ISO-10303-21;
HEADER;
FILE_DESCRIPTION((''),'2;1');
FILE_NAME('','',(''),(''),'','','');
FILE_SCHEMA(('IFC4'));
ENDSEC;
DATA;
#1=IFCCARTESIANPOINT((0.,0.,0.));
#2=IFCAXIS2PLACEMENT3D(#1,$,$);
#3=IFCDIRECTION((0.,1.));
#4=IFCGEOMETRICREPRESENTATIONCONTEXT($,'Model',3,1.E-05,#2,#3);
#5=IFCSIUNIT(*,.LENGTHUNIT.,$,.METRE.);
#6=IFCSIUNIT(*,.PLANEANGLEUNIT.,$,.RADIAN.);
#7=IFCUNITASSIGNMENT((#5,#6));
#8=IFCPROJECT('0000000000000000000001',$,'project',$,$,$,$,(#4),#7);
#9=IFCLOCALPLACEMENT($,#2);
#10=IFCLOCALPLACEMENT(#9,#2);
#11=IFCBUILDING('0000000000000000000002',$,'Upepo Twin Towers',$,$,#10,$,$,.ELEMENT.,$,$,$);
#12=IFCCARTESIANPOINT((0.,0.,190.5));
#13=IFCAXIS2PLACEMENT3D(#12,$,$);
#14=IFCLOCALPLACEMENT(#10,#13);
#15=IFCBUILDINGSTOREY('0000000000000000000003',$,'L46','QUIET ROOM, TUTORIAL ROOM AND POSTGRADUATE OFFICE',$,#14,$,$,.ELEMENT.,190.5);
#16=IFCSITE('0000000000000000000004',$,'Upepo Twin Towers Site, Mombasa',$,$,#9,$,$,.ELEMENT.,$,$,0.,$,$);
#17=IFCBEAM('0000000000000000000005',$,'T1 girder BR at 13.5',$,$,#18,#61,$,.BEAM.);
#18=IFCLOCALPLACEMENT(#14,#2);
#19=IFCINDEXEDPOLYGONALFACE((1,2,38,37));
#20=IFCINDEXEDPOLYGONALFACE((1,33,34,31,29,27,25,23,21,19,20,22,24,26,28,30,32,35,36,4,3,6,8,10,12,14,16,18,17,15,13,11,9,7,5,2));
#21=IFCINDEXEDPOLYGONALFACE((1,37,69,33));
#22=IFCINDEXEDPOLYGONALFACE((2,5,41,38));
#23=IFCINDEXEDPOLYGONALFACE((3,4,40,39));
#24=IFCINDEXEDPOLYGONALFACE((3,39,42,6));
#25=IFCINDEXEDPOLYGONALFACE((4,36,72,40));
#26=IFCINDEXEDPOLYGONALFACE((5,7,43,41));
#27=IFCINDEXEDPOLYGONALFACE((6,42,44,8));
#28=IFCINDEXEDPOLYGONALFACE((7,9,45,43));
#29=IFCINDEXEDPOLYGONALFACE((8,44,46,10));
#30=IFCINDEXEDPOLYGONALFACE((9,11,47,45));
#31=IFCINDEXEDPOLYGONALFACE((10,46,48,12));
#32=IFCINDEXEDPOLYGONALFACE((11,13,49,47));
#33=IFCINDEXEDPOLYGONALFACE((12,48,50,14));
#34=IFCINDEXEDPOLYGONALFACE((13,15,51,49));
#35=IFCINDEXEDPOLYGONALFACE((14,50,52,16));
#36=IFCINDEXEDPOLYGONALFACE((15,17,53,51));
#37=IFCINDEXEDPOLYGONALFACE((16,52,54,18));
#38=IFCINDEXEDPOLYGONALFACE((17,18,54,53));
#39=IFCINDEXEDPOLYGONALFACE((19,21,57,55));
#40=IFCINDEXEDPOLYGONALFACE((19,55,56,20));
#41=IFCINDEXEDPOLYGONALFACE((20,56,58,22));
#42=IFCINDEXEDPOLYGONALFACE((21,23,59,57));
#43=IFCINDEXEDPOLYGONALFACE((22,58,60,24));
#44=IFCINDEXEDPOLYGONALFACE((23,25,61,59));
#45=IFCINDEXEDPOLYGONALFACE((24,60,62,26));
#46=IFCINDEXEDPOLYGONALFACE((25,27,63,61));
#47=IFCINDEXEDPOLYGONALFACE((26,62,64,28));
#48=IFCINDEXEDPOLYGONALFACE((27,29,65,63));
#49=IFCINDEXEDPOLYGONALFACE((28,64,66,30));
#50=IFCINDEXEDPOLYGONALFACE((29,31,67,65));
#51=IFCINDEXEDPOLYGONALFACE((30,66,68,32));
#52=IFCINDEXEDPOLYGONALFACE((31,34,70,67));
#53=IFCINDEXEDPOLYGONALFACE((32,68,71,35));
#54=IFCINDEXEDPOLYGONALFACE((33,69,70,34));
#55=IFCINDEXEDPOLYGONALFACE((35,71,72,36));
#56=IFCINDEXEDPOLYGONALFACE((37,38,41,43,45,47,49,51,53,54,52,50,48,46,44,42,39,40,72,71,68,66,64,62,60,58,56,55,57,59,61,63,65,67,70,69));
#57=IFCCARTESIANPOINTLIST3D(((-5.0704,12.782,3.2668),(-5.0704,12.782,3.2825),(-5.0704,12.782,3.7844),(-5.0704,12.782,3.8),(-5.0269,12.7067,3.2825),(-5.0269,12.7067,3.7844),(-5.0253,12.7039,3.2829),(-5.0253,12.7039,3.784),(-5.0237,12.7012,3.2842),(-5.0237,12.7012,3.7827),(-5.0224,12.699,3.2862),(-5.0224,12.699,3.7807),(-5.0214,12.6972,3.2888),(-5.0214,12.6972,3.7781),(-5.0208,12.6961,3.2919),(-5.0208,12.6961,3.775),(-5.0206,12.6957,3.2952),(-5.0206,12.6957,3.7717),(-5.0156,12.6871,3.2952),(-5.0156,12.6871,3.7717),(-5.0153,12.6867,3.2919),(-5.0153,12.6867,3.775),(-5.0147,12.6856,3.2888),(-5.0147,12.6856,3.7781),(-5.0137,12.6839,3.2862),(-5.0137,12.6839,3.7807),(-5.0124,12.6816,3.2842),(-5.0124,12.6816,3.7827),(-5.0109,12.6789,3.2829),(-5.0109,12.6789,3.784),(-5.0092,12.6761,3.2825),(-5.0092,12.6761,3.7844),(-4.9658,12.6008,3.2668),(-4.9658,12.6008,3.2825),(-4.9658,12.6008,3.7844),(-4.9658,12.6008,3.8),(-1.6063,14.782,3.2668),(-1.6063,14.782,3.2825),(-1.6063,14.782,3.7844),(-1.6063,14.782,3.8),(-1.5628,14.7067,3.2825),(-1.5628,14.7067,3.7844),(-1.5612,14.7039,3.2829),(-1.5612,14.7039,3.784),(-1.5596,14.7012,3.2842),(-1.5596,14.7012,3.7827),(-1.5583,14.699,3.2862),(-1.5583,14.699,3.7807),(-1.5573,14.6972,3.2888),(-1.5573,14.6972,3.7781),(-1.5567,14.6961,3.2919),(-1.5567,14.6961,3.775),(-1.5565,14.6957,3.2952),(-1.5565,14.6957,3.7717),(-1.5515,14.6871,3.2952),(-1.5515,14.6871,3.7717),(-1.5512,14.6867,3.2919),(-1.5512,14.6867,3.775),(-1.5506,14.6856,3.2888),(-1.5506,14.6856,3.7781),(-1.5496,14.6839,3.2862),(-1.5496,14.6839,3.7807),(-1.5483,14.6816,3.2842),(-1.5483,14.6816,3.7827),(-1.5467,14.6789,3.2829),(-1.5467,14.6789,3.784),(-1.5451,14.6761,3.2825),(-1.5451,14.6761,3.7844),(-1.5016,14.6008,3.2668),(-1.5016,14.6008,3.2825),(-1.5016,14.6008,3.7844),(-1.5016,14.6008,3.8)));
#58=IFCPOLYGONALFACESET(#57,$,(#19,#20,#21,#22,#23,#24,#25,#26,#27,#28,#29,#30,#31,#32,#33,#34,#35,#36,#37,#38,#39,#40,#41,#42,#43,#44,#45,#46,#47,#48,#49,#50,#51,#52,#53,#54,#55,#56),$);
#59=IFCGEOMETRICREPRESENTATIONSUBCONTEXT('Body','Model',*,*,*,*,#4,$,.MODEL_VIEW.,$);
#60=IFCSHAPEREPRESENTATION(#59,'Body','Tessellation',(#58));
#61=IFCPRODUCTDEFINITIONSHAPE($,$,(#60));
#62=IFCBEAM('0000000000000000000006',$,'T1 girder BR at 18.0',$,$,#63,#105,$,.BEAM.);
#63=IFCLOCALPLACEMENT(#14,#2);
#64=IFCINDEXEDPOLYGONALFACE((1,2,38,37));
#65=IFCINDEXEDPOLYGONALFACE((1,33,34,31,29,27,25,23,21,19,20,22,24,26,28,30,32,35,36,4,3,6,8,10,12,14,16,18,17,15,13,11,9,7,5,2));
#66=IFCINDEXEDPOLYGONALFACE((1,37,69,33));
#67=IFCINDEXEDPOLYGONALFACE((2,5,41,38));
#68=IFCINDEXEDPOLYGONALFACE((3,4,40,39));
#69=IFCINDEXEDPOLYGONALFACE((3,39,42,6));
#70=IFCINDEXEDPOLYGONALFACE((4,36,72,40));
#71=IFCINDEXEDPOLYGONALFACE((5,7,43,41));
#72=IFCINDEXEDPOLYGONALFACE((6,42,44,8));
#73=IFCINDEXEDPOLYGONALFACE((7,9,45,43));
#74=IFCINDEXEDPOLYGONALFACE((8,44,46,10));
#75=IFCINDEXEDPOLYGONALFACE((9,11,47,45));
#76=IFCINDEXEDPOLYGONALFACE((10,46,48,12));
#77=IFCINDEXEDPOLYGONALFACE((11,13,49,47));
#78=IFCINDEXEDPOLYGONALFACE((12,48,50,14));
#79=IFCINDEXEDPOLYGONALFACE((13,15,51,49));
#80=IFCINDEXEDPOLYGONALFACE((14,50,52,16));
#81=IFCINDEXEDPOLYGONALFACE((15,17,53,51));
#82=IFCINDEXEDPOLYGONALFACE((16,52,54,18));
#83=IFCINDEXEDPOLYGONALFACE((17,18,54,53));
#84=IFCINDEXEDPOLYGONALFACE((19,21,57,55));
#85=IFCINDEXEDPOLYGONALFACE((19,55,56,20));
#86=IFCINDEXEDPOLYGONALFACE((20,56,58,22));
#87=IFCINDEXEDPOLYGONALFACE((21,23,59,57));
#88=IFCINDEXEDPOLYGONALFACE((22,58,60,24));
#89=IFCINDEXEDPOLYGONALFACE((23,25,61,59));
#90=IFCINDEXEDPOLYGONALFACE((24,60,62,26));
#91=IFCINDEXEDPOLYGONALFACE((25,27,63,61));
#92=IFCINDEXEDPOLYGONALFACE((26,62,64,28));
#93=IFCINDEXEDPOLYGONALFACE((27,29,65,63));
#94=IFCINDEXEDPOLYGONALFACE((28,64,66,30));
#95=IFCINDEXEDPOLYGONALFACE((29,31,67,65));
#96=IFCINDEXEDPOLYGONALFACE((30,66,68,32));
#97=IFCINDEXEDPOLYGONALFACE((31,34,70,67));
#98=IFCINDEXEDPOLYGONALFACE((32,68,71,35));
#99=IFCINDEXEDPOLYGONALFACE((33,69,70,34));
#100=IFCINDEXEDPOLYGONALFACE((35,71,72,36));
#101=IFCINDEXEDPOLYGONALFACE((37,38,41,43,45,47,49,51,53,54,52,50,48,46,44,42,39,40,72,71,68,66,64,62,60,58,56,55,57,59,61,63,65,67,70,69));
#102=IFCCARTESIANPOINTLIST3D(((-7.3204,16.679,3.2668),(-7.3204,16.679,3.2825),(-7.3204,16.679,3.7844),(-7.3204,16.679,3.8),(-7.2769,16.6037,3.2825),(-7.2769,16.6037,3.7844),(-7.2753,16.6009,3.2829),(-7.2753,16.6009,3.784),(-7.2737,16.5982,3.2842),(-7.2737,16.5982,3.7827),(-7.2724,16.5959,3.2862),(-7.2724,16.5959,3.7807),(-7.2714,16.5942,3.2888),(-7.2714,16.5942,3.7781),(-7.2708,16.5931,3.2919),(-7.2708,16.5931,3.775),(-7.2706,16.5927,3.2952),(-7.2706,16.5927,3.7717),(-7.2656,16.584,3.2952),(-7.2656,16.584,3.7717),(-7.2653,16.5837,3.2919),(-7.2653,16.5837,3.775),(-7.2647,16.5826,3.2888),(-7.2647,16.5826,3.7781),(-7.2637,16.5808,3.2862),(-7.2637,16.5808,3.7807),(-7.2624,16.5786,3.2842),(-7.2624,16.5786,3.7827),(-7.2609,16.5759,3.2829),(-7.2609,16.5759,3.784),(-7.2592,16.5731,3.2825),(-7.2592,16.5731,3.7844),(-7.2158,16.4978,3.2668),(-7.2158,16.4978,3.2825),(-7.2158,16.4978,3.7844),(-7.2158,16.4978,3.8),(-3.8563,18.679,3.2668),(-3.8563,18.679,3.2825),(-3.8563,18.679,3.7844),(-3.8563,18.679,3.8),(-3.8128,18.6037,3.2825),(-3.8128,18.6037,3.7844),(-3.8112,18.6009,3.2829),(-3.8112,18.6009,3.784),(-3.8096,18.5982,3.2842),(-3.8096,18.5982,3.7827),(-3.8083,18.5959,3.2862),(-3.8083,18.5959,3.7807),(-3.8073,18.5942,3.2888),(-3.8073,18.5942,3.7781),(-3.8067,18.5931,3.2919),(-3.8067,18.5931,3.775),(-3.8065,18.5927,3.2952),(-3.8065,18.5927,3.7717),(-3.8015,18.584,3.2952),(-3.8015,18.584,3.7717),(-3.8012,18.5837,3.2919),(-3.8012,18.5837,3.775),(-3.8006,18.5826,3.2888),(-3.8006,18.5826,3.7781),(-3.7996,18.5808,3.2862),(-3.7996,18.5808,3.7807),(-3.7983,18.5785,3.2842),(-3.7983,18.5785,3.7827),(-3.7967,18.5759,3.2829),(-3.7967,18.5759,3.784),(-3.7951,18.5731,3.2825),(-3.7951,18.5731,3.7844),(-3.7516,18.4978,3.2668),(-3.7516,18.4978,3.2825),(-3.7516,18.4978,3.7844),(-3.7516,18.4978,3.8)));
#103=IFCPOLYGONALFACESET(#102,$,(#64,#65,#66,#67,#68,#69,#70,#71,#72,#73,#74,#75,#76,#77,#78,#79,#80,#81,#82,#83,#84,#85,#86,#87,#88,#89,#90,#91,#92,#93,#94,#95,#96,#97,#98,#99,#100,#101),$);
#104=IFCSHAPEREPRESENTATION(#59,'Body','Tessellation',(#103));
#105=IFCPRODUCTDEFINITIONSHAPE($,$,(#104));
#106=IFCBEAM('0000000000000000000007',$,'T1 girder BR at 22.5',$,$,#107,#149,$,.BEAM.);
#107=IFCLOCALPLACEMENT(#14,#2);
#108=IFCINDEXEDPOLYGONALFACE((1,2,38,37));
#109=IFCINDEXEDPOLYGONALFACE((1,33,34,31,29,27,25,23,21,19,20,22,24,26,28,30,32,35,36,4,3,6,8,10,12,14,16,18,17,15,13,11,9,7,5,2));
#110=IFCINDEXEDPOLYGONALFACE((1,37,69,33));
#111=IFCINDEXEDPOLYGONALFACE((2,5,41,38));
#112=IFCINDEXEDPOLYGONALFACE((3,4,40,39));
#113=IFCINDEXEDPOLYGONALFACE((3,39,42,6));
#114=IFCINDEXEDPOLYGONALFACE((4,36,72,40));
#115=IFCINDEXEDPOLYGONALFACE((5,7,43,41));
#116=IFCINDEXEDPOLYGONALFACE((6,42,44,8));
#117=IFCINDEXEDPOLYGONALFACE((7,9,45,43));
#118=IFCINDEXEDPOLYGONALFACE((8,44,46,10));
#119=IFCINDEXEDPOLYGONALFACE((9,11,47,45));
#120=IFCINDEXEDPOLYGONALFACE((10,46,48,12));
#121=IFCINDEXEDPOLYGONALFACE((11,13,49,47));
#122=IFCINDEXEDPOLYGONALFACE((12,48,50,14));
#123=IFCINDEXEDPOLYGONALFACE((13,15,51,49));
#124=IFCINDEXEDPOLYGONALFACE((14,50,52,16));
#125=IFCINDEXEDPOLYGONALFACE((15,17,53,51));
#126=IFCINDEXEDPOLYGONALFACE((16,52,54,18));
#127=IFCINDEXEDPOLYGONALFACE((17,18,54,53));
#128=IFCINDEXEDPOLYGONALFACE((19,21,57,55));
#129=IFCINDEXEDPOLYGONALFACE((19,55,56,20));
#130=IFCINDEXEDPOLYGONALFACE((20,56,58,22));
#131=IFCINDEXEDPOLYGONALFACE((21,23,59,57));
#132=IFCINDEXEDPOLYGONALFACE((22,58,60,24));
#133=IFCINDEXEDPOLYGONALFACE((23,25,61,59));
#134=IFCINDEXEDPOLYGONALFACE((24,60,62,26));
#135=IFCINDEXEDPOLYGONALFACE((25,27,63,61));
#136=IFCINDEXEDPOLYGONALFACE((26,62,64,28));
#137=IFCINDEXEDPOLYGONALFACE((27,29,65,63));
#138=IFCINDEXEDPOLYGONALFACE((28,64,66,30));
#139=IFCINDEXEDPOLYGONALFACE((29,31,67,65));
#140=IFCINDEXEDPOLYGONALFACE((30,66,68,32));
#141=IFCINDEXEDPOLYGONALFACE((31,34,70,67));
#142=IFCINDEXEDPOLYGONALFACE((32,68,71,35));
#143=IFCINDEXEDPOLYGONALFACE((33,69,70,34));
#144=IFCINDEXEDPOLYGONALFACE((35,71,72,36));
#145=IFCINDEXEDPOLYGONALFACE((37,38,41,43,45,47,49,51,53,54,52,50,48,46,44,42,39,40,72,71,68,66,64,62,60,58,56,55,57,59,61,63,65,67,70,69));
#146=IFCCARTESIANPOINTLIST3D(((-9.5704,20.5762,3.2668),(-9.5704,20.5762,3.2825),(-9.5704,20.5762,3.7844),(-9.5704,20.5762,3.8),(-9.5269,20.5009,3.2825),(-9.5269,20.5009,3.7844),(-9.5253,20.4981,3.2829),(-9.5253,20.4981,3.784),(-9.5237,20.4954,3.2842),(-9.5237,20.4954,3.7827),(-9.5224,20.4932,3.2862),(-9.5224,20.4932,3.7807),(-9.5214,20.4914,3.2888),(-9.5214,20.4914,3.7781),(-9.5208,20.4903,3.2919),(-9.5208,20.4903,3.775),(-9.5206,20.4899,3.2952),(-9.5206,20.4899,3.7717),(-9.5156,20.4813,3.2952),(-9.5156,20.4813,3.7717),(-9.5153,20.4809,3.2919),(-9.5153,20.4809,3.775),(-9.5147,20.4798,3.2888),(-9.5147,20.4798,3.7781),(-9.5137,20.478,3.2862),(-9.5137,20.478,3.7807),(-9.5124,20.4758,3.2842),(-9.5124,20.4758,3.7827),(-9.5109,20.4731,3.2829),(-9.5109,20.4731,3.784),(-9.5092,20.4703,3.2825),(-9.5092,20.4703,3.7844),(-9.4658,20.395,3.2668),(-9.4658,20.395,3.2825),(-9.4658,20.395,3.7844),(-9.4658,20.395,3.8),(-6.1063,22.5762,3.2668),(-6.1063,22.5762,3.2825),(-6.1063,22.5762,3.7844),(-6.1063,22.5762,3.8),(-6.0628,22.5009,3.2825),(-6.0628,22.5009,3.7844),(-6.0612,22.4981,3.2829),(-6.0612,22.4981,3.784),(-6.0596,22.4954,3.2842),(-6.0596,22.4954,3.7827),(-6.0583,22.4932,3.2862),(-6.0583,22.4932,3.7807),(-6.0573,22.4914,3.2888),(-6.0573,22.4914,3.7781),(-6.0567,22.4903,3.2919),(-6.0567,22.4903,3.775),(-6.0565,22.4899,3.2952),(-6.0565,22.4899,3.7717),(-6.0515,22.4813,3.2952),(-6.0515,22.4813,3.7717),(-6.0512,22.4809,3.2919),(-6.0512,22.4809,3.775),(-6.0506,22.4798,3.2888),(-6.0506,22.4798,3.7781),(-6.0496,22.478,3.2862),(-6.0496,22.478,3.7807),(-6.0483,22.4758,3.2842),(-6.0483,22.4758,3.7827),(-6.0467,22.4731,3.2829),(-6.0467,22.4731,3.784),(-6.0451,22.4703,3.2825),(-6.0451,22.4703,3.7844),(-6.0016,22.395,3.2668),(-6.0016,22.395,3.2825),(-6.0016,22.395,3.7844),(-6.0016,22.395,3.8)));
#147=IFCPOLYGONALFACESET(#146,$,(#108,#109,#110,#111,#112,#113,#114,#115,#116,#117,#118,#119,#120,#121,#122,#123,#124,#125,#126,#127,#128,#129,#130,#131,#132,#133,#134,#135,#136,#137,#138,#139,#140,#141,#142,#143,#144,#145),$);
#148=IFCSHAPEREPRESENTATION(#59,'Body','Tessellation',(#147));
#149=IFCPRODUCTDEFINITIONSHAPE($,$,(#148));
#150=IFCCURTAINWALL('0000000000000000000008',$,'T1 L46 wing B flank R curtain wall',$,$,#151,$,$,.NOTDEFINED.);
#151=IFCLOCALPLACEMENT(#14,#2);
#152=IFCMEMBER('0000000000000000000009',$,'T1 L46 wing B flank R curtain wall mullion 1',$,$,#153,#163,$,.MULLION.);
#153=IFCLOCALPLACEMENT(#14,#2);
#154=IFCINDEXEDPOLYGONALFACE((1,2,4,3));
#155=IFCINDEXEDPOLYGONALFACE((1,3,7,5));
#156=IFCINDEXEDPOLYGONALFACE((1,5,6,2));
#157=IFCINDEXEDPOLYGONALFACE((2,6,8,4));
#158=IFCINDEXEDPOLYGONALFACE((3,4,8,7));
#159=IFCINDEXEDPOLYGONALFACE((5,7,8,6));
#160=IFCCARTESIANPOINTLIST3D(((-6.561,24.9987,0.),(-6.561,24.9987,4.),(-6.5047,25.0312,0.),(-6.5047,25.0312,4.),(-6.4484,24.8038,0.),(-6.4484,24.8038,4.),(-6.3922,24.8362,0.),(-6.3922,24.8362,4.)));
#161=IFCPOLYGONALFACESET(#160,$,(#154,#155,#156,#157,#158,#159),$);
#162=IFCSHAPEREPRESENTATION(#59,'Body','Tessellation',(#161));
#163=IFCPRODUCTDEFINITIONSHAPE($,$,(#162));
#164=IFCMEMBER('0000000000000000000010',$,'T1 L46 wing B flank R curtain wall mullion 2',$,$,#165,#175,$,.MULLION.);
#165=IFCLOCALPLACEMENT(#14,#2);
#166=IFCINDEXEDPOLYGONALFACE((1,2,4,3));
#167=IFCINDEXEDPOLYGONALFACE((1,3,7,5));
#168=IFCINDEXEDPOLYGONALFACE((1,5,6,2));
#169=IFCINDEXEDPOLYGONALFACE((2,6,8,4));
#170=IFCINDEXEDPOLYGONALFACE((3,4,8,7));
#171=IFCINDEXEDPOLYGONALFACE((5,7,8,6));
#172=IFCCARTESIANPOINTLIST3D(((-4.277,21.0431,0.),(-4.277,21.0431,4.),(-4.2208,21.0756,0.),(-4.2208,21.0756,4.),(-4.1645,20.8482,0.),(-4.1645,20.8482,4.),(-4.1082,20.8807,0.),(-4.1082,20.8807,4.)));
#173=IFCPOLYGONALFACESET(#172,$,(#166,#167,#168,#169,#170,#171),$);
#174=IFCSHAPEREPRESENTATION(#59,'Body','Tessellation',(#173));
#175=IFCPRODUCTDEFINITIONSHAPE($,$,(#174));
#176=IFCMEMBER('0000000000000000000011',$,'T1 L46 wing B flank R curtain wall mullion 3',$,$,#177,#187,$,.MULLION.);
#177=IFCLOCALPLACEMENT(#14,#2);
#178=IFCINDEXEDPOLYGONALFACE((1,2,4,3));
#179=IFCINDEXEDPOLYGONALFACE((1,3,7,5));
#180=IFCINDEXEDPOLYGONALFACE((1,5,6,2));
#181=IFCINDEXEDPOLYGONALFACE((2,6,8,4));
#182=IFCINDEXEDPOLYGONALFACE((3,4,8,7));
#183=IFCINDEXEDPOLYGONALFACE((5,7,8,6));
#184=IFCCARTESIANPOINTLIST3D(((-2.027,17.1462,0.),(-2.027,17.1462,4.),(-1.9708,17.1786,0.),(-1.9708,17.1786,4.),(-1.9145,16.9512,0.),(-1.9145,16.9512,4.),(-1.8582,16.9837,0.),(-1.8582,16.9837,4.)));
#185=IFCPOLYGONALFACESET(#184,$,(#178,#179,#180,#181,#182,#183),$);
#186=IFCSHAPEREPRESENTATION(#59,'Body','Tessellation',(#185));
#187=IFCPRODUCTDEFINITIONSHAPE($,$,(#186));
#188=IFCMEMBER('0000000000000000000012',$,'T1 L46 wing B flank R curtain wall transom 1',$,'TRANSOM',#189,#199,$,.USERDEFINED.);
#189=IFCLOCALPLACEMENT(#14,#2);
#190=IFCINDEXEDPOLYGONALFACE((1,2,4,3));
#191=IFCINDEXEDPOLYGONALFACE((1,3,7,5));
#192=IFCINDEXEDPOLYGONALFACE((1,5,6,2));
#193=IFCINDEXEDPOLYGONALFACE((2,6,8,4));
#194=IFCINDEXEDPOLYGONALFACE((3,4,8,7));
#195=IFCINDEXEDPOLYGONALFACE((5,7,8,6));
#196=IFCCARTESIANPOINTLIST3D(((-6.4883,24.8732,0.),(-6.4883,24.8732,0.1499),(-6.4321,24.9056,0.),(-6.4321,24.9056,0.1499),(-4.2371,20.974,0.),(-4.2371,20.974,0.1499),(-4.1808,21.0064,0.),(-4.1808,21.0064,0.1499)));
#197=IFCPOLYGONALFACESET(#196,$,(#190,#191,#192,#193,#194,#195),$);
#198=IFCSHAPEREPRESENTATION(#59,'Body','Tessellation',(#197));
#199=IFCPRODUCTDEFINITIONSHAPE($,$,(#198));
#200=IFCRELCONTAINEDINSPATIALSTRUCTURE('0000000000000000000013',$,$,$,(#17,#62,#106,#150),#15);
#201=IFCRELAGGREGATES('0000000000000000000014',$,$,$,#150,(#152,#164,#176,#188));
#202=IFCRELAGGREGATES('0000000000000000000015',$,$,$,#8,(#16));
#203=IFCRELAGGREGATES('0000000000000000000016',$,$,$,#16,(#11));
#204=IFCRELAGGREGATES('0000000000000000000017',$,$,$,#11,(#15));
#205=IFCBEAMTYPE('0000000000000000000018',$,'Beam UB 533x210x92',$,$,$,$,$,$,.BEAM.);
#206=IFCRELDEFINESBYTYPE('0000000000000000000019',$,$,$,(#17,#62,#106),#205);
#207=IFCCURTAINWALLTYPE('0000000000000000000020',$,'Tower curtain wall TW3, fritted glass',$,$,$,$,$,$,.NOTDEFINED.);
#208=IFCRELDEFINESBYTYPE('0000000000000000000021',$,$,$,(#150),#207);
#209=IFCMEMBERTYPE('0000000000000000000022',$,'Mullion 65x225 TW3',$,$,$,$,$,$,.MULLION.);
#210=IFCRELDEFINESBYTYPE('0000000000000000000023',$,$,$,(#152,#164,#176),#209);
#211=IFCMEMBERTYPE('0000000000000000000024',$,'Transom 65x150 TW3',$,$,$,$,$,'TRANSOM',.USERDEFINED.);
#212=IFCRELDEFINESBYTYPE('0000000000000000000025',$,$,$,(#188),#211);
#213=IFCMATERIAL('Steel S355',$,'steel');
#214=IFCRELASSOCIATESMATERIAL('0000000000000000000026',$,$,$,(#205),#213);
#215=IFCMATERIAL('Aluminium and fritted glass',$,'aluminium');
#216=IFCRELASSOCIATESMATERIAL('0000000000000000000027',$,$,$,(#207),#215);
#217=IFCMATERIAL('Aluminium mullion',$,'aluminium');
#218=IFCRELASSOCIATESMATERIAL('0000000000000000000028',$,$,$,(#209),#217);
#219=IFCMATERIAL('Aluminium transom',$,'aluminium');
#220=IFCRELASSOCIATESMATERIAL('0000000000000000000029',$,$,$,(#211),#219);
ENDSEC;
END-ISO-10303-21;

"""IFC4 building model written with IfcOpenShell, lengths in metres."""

from ifc_helpers import new_model, si_unit, direction, frame, origin, origin_2d, place, context, subcontext, project, spatial, rectangle, i_section, extrude, material, material_profile, profile_set, type_object, element, aggregate, save


model = new_model("IFC4")

# Units and contexts
model_context = context("Model", 3, precision=1e-05, world=origin(), true_north=direction((0.0, 1.0)))
body_context = subcontext(model_context, "Body", "Model", "MODEL_VIEW")
ifc_project = project(units=[si_unit("LENGTHUNIT", "METRE"), si_unit("PLANEANGLEUNIT", "RADIAN")], contexts=[model_context])

# Site, building, storey
site_placement = place(None, origin())
site = spatial("IfcSite", under=ifc_project, at=site_placement, Name="Upepo Twin Towers Site, Mombasa", CompositionType="ELEMENT", RefElevation=0.0)
building_placement = place(site_placement, origin())
building = spatial("IfcBuilding", under=site, at=building_placement, Name="Upepo Twin Towers", CompositionType="ELEMENT")
storey_placement = place(building_placement, frame((0.0, 0.0, 190.5)))
storey = spatial("IfcBuildingStorey", under=building, at=storey_placement, Name="L46", Description="QUIET ROOM, TUTORIAL ROOM AND POSTGRADUATE OFFICE", CompositionType="ELEMENT", Elevation=190.5)

# Beams
ifc_material_1 = material(Name="Steel S355", Category="steel")
ifc_material_profile_1 = material_profile(ifc_material_1, i_section(OverallWidth=0.2092, OverallDepth=0.5332, WebThickness=0.01, FlangeThickness=0.0156, FilletRadius=0.0127, at=origin_2d()), Name="UB 533x210x92")
ifc_profile_set_1 = profile_set([ifc_material_profile_1], Name="Steel S355")
beam_type_1 = type_object("IfcBeamType", Name="Beam UB 533x210x92", PredefinedType="BEAM", material=ifc_profile_set_1)
for number, where, z_axis, x_axis, name in (
    (1, (-1.554, 14.6914, 3.5334), (-0.866026, -0.499999, 0.0), (0.499999, -0.866026, 0.0), "T1 girder BR at 13.5"),
    (2, (-3.804, 18.5884, 3.5334), (-0.866026, -0.499999, 0.0), (0.499999, -0.866026, 0.0), "T1 girder BR at 18.0"),
    (3, (-6.054, 22.4856, 3.5334), (-0.866026, -0.499999, 0.0), (0.499999, -0.866026, 0.0), "T1 girder BR at 22.5"),
):
    element("IfcBeam", number, at=place(storey_placement, frame(where, z_axis=z_axis, x_axis=x_axis)), inside=storey, type_object=beam_type_1, Name=name, PredefinedType="BEAM", context=body_context, shape_type="SweptSolid", body=[
        extrude(i_section(OverallWidth=0.2092, OverallDepth=0.5332, WebThickness=0.01, FlangeThickness=0.0156, FilletRadius=0.0127, at=origin_2d()), origin(), (0.0, 0.0, 1.0), 4.0),
    ])

# Curtain wall, members
ifc_material_2 = material(Name="Aluminium and fritted glass", Category="aluminium")
curtain_wall_type = type_object("IfcCurtainWallType", Name="Tower curtain wall TW3, fritted glass", PredefinedType="NOTDEFINED", material=ifc_material_2)
curtain_wall_placement = place(storey_placement, origin())
curtain_wall = element("IfcCurtainWall", 4, at=curtain_wall_placement, inside=storey, type_object=curtain_wall_type, Name="T1 L46 wing B flank R curtain wall", PredefinedType="NOTDEFINED")
ifc_material_3 = material(Name="Aluminium mullion", Category="aluminium")
ifc_material_profile_2 = material_profile(ifc_material_3, rectangle(XDim=0.0649, YDim=0.2251, at=origin_2d()), Name="MULLION 65x225")
ifc_profile_set_2 = profile_set([ifc_material_profile_2], Name="Aluminium mullion")
member_type_1 = type_object("IfcMemberType", Name="Mullion 65x225 TW3", PredefinedType="MULLION", material=ifc_profile_set_2)
member_1_placement = place(storey_placement, frame((-6.4766, 24.9175, 0.0), z_axis=(0.0, 0.0, 1.0), x_axis=(0.866025, 0.5, 0.0)))
member_1 = element("IfcMember", 5, at=member_1_placement, type_object=member_type_1, Name="T1 L46 wing B flank R curtain wall mullion 1", PredefinedType="MULLION", context=body_context, shape_type="SweptSolid", body=[
    extrude(rectangle(XDim=0.0649, YDim=0.2251, at=origin_2d()), origin(), (0.0, 0.0, 1.0), 4.0),
])
member_2_placement = place(storey_placement, frame((-4.1926, 20.9619, 0.0), z_axis=(0.0, 0.0, 1.0), x_axis=(0.866025, 0.5, 0.0)))
member_2 = element("IfcMember", 6, at=member_2_placement, type_object=member_type_1, Name="T1 L46 wing B flank R curtain wall mullion 2", PredefinedType="MULLION", context=body_context, shape_type="SweptSolid", body=[
    extrude(rectangle(XDim=0.0649, YDim=0.2251, at=origin_2d()), origin(), (0.0, 0.0, 1.0), 4.0),
])
member_3_placement = place(storey_placement, frame((-1.9426, 17.0649, 0.0), z_axis=(0.0, 0.0, 1.0), x_axis=(0.866025, 0.5, 0.0)))
member_3 = element("IfcMember", 7, at=member_3_placement, type_object=member_type_1, Name="T1 L46 wing B flank R curtain wall mullion 3", PredefinedType="MULLION", context=body_context, shape_type="SweptSolid", body=[
    extrude(rectangle(XDim=0.0649, YDim=0.2251, at=origin_2d()), origin(), (0.0, 0.0, 1.0), 4.0),
])
ifc_material_4 = material(Name="Aluminium transom", Category="aluminium")
ifc_material_profile_3 = material_profile(ifc_material_4, rectangle(XDim=0.0649, YDim=0.1499, at=origin_2d()), Name="TRANSOM 65x150")
ifc_profile_set_3 = profile_set([ifc_material_profile_3], Name="Aluminium transom")
member_type_2 = type_object("IfcMemberType", Name="Transom 65x150 TW3", ElementType="TRANSOM", PredefinedType="USERDEFINED", material=ifc_profile_set_3)
member_4_placement = place(storey_placement, frame((-6.4602, 24.8894, 0.075), z_axis=(0.500006, -0.866022, 0.0), x_axis=(0.866022, 0.500006, 0.0)))
member_4 = element("IfcMember", 8, at=member_4_placement, type_object=member_type_2, Name="T1 L46 wing B flank R curtain wall transom 1", ObjectType="TRANSOM", PredefinedType="USERDEFINED", context=body_context, shape_type="SweptSolid", body=[
    extrude(rectangle(XDim=0.0649, YDim=0.1499, at=origin_2d()), origin(), (0.0, 0.0, 1.0), 4.5024),
])
aggregate(curtain_wall, [member_1, member_2, member_3, member_4])

save(model, "model.ifc")
